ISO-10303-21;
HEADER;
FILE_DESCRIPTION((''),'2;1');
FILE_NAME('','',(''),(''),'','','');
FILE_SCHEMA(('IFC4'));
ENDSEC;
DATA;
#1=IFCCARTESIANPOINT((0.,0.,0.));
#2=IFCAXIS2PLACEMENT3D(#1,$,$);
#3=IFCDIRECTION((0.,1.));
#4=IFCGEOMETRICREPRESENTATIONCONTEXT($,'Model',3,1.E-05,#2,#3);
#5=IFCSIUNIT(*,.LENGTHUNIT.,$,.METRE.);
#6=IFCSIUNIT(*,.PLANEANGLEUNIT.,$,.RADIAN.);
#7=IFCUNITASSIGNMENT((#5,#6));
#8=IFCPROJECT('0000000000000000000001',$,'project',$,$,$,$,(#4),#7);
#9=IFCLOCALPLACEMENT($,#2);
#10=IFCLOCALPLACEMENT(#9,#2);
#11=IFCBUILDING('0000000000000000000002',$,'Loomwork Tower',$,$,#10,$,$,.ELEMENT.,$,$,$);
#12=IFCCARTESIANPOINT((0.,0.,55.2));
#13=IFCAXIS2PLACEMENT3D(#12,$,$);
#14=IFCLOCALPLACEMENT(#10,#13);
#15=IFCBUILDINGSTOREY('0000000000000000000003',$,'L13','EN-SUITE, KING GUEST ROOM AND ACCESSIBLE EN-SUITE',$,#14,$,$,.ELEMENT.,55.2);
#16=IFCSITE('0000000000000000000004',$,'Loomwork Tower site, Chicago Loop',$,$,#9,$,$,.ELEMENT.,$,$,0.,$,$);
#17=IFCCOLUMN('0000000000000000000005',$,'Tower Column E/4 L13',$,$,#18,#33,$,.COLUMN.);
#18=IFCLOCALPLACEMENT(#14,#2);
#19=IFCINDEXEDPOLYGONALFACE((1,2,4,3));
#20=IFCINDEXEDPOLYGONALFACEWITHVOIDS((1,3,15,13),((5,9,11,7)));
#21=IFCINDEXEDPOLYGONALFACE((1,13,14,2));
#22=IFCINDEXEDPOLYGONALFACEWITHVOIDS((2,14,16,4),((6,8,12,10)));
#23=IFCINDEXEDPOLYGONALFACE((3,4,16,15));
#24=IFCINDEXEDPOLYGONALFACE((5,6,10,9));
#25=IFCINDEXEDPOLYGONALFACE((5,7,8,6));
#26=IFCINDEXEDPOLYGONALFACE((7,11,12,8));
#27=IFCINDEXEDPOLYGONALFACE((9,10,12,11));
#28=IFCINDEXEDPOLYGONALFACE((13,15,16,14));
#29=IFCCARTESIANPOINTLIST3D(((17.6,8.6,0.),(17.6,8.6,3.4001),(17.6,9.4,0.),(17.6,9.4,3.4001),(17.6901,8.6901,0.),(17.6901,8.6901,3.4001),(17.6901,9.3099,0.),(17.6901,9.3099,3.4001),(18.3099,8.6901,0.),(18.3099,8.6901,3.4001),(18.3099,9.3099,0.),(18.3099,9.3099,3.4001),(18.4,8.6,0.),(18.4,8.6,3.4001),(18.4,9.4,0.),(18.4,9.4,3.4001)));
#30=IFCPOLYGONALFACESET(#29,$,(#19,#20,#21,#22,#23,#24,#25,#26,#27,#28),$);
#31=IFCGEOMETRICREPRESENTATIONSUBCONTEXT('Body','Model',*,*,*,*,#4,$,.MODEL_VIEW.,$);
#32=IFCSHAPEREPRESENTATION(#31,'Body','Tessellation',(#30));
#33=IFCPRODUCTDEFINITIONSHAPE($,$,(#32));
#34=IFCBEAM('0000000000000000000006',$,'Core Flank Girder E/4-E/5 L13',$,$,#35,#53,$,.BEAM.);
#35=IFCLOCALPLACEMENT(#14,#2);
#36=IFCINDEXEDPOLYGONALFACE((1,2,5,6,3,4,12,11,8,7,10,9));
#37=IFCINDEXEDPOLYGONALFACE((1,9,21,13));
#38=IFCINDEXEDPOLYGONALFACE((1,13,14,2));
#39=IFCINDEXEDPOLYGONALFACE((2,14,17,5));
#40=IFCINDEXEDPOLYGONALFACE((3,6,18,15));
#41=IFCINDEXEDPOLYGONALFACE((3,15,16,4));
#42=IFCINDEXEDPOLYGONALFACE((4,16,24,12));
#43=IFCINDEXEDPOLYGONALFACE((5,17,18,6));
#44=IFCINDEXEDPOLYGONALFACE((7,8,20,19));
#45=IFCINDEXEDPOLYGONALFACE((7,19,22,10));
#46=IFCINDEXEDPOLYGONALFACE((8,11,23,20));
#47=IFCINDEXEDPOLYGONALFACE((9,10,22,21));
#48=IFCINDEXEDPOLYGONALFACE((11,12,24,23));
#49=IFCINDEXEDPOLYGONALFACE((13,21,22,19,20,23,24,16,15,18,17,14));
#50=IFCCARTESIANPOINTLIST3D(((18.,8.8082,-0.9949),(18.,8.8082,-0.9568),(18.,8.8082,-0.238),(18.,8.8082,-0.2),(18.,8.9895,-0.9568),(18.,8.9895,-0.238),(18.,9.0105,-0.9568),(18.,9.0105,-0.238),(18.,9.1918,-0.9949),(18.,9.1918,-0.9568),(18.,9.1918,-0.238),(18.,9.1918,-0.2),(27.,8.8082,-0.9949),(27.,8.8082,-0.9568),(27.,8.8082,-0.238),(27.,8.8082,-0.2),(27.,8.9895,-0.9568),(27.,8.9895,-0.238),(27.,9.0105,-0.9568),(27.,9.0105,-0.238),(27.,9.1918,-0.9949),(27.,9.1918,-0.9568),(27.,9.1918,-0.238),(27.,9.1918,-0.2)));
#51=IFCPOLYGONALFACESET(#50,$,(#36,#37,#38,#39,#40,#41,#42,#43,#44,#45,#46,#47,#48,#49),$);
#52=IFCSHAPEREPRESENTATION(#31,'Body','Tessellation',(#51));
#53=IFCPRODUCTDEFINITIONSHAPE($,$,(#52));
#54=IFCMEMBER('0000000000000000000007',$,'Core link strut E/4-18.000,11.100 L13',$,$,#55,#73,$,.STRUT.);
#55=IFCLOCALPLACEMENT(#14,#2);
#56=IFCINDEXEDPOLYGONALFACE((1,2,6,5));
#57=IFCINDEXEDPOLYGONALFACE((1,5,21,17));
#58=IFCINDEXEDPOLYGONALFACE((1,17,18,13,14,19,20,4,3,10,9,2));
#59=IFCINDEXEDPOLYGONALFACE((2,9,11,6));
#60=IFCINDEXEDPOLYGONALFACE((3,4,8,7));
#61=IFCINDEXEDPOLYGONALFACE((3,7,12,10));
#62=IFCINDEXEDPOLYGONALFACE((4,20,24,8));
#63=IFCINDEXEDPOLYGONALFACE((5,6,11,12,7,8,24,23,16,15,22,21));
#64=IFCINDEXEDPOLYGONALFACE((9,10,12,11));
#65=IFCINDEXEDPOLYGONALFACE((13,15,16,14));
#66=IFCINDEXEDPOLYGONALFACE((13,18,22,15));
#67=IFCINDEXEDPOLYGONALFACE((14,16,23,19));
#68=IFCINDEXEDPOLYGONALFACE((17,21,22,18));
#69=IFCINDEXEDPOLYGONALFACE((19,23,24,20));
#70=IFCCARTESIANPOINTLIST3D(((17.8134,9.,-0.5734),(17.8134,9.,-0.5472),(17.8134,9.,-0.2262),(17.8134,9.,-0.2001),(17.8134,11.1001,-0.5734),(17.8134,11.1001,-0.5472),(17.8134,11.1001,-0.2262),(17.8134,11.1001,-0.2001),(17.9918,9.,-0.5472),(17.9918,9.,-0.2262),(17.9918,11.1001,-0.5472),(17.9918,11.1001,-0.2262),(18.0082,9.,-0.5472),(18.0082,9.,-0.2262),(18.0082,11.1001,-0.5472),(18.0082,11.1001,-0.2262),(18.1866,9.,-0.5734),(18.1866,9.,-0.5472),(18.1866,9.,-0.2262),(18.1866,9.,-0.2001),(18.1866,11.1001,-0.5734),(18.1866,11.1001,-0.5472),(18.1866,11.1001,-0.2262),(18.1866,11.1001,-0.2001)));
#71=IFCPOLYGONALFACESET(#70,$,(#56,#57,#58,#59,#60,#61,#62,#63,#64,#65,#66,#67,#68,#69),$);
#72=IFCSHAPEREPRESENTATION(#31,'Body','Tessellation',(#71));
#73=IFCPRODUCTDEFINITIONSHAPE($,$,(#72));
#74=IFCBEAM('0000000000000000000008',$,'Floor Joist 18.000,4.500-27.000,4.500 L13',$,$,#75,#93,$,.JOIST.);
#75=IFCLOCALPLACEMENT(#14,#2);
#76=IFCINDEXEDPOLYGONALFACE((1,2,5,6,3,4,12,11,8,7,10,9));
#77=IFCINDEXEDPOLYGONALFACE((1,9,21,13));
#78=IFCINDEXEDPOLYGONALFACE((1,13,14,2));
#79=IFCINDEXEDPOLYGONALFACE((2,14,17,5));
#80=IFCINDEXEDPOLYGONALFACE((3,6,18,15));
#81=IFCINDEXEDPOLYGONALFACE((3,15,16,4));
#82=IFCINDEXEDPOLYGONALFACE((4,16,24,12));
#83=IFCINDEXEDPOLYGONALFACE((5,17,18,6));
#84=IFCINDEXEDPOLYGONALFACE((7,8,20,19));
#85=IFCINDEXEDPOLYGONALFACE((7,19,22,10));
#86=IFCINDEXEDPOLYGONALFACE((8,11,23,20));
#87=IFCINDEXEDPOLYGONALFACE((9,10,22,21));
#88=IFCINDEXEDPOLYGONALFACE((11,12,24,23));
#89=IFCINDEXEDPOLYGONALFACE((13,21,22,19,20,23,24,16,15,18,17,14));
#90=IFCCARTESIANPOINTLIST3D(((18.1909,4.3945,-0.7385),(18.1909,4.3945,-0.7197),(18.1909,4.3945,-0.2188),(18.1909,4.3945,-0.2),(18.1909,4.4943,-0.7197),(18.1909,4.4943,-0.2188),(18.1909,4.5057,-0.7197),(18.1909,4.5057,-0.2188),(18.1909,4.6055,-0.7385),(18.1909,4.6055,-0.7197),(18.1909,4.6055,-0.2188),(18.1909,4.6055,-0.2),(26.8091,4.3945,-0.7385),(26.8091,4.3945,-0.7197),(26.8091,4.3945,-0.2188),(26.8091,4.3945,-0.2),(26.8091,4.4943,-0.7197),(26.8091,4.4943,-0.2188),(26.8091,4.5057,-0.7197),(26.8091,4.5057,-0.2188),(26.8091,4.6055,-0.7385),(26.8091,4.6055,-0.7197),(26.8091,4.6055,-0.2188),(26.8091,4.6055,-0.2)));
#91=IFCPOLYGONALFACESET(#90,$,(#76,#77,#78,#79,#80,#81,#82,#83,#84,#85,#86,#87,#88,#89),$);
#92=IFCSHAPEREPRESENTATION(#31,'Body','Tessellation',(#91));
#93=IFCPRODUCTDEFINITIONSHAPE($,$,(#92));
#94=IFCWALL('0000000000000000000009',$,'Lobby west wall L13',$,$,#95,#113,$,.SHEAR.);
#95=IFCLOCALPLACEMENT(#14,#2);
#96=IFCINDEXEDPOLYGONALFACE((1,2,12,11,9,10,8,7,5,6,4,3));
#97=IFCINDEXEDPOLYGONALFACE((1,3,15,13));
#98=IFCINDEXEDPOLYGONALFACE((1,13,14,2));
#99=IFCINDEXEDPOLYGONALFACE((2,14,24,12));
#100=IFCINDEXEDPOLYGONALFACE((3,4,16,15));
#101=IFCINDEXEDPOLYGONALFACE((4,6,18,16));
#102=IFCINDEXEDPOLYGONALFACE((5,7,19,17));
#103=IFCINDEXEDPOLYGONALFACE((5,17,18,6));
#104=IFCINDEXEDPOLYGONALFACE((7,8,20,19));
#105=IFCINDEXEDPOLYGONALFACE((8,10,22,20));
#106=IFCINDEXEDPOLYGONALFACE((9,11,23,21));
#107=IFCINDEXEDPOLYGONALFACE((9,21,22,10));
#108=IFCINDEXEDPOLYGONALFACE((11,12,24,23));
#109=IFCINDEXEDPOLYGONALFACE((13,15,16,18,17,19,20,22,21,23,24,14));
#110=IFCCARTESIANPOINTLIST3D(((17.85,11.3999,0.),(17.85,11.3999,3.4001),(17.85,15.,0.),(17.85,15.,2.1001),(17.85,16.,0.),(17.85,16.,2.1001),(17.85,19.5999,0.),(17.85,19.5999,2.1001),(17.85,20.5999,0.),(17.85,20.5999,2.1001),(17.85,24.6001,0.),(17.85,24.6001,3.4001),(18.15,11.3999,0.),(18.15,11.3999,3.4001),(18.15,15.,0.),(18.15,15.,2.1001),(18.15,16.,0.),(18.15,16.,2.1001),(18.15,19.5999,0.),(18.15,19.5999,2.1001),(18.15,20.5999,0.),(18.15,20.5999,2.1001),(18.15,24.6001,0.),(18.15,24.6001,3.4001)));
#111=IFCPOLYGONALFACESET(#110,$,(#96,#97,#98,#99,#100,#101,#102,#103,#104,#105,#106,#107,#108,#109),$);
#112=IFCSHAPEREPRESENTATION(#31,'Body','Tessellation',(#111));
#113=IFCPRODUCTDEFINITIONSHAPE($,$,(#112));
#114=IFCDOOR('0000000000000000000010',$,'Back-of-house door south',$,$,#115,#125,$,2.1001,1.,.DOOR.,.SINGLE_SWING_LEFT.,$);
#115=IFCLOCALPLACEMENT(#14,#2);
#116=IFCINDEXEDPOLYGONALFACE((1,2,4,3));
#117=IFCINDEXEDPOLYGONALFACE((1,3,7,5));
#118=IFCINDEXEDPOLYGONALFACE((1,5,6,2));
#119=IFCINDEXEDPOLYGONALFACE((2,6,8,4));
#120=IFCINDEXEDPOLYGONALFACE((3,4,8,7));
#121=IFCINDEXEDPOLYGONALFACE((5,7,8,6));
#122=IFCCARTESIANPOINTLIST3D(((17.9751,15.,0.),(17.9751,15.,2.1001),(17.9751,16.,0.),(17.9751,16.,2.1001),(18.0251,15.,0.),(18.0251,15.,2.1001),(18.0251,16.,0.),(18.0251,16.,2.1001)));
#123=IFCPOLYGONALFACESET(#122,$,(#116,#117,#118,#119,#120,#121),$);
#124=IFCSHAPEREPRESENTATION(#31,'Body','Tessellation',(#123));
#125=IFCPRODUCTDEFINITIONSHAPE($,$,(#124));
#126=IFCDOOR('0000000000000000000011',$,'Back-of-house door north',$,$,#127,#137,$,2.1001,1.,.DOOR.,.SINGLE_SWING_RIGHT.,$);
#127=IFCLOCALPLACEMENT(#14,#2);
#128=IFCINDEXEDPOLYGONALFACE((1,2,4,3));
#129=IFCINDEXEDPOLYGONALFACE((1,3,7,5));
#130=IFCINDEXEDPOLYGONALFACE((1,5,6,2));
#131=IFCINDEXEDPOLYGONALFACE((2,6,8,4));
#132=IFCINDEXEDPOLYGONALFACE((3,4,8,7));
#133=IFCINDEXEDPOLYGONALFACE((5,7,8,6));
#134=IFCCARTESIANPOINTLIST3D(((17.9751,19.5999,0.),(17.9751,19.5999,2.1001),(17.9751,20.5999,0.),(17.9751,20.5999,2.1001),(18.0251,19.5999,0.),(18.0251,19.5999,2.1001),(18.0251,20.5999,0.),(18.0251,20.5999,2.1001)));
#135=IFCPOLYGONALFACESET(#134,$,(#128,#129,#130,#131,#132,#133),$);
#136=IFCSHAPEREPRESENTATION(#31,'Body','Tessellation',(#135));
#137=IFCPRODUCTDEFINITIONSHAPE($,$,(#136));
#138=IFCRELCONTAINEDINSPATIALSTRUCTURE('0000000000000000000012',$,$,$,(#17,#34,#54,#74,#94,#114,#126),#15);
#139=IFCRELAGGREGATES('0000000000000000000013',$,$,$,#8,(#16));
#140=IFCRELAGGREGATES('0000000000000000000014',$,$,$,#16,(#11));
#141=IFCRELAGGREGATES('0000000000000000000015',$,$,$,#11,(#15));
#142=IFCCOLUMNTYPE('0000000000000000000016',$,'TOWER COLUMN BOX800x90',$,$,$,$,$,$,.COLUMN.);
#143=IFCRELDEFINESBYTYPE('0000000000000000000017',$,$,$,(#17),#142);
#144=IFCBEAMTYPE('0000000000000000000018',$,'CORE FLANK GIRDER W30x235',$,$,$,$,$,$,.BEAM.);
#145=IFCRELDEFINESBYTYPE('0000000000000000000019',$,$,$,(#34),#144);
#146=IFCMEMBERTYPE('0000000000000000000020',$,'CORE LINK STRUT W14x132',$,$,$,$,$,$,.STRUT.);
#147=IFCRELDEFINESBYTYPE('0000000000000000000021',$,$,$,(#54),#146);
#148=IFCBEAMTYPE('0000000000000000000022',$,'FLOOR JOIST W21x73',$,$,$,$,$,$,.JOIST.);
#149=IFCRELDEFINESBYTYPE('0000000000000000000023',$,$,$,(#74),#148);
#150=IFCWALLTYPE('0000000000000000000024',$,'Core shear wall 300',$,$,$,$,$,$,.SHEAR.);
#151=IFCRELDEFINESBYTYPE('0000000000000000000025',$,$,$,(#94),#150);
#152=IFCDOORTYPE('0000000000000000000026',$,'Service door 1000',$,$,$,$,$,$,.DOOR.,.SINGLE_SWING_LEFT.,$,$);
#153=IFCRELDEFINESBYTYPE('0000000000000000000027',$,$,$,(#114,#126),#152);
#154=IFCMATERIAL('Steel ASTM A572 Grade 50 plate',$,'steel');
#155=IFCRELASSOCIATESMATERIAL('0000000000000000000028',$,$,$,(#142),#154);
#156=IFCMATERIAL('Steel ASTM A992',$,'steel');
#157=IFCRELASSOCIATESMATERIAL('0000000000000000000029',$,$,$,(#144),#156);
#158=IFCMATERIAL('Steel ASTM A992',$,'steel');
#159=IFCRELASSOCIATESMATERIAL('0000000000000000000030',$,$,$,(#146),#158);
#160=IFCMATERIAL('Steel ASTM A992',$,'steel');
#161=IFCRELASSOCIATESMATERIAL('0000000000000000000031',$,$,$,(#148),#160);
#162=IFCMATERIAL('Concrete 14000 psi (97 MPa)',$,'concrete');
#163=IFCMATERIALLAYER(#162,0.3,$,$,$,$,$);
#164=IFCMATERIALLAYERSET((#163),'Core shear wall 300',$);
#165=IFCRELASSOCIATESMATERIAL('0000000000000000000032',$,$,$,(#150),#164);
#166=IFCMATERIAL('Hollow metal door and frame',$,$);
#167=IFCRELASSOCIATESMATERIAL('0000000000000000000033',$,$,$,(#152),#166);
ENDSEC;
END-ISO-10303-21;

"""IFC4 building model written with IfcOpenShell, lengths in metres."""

from ifc_helpers import new_model, si_unit, direction, frame, frame_2d, origin, origin_2d, place, context, subcontext, project, spatial, rectangle, hollow_rectangle, i_section, extrude, material, layer, layer_set, material_profile, profile_set, type_object, element, fill, save


model = new_model("IFC4")

# Units and contexts
model_context = context("Model", 3, precision=1e-05, world=origin(), true_north=direction((0.0, 1.0)))
body_context = subcontext(model_context, "Body", "Model", "MODEL_VIEW")
ifc_project = project(units=[si_unit("LENGTHUNIT", "METRE"), si_unit("PLANEANGLEUNIT", "RADIAN")], contexts=[model_context])

# Site, building, storey
site_placement = place(None, origin())
site = spatial("IfcSite", under=ifc_project, at=site_placement, Name="Loomwork Tower site, Chicago Loop", CompositionType="ELEMENT", RefElevation=0.0)
building_placement = place(site_placement, origin())
building = spatial("IfcBuilding", under=site, at=building_placement, Name="Loomwork Tower", CompositionType="ELEMENT")
storey_placement = place(building_placement, frame((0.0, 0.0, 55.2)))
storey = spatial("IfcBuildingStorey", under=building, at=storey_placement, Name="L13", Description="EN-SUITE, KING GUEST ROOM AND ACCESSIBLE EN-SUITE", CompositionType="ELEMENT", Elevation=55.2)

# Column
ifc_material_1 = material(Name="Steel ASTM A572 Grade 50 plate", Category="steel")
ifc_material_profile_1 = material_profile(ifc_material_1, hollow_rectangle(XDim=0.8, YDim=0.8, WallThickness=0.0901, at=origin_2d()), Name="BOX800x90")
ifc_profile_set_1 = profile_set([ifc_material_profile_1], Name="Steel ASTM A572 Grade 50 plate")
column_type = type_object("IfcColumnType", Name="TOWER COLUMN BOX800x90", PredefinedType="COLUMN", material=ifc_profile_set_1)
column_placement = place(storey_placement, frame((18.0, 9.0, 0.0), z_axis=(0.0, 0.0, 1.0), x_axis=(1.0, 0.0, 0.0)))
element("IfcColumn", 1, at=column_placement, inside=storey, type_object=column_type, Name="Tower Column E/4 L13", PredefinedType="COLUMN", context=body_context, shape_type="SweptSolid", body=[
    extrude(hollow_rectangle(XDim=0.8, YDim=0.8, WallThickness=0.0901, at=origin_2d()), origin(), (0.0, 0.0, 1.0), 3.4001),
])

# Beam
ifc_material_2 = material(Name="Steel ASTM A992", Category="steel")
ifc_material_profile_2 = material_profile(ifc_material_2, i_section(OverallWidth=0.3835, OverallDepth=0.7949, WebThickness=0.021, FlangeThickness=0.0381, at=origin_2d()), Name="W30x235")
ifc_profile_set_2 = profile_set([ifc_material_profile_2], Name="Steel ASTM A992")
beam_type_1 = type_object("IfcBeamType", Name="CORE FLANK GIRDER W30x235", PredefinedType="BEAM", material=ifc_profile_set_2)
beam_1_placement = place(storey_placement, frame((18.0, 9.0, -0.5974), z_axis=(1.0, 0.0, 0.0), x_axis=(0.0, 1.0, 0.0)))
element("IfcBeam", 2, at=beam_1_placement, inside=storey, type_object=beam_type_1, Name="Core Flank Girder E/4-E/5 L13", PredefinedType="BEAM", context=body_context, shape_type="SweptSolid", body=[
    extrude(i_section(OverallWidth=0.3835, OverallDepth=0.7949, WebThickness=0.021, FlangeThickness=0.0381, at=origin_2d()), origin(), (0.0, 0.0, 1.0), 9.0),
])

# Member
ifc_material_3 = material(Name="Steel ASTM A992", Category="steel")
ifc_material_profile_3 = material_profile(ifc_material_3, i_section(OverallWidth=0.3733, OverallDepth=0.3733, WebThickness=0.0164, FlangeThickness=0.0261, at=origin_2d()), Name="W14x132")
ifc_profile_set_3 = profile_set([ifc_material_profile_3], Name="Steel ASTM A992")
member_type = type_object("IfcMemberType", Name="CORE LINK STRUT W14x132", PredefinedType="STRUT", material=ifc_profile_set_3)
member_placement = place(storey_placement, frame((18.0, 9.0, -0.3867), z_axis=(0.0, 1.0, 0.0), x_axis=(-1.0, 0.0, 0.0)))
element("IfcMember", 3, at=member_placement, inside=storey, type_object=member_type, Name="Core link strut E/4-18.000,11.100 L13", PredefinedType="STRUT", context=body_context, shape_type="SweptSolid", body=[
    extrude(i_section(OverallWidth=0.3733, OverallDepth=0.3733, WebThickness=0.0164, FlangeThickness=0.0261, at=origin_2d()), origin(), (0.0, 0.0, 1.0), 2.1001),
])

# Beam
ifc_material_4 = material(Name="Steel ASTM A992", Category="steel")
ifc_material_profile_4 = material_profile(ifc_material_4, i_section(OverallWidth=0.2109, OverallDepth=0.5386, WebThickness=0.0115, FlangeThickness=0.0188, at=origin_2d()), Name="W21x73")
ifc_profile_set_4 = profile_set([ifc_material_profile_4], Name="Steel ASTM A992")
beam_type_2 = type_object("IfcBeamType", Name="FLOOR JOIST W21x73", PredefinedType="JOIST", material=ifc_profile_set_4)
beam_2_placement = place(storey_placement, frame((18.1909, 4.5, -0.4692), z_axis=(1.0, 0.0, 0.0), x_axis=(0.0, 1.0, 0.0)))
element("IfcBeam", 4, at=beam_2_placement, inside=storey, type_object=beam_type_2, Name="Floor Joist 18.000,4.500-27.000,4.500 L13", PredefinedType="JOIST", context=body_context, shape_type="SweptSolid", body=[
    extrude(i_section(OverallWidth=0.2109, OverallDepth=0.5386, WebThickness=0.0115, FlangeThickness=0.0188, at=origin_2d()), origin(), (0.0, 0.0, 1.0), 8.6182),
])

# Wall, openings, doors
ifc_material_5 = material(Name="Concrete 14000 psi (97 MPa)", Category="concrete")
ifc_layer_1 = layer(ifc_material_5, 0.3)
ifc_layer_set_1 = layer_set([ifc_layer_1], Name="Core shear wall 300")
wall_type_1 = type_object("IfcWallType", Name="Core shear wall 300", PredefinedType="SHEAR", material=ifc_layer_set_1)
wall_1_placement = place(storey_placement, frame((18.0, 11.3999, 0.0), z_axis=(0.0, 0.0, 1.0), x_axis=(0.0, 1.0, 0.0)))
wall_1 = element("IfcWall", 5, at=wall_1_placement, inside=storey, type_object=wall_type_1, Name="Lobby west wall L13", PredefinedType="SHEAR", context=body_context, shape_type="SweptSolid", body=[
    extrude(rectangle(XDim=13.2002, YDim=0.3, at=frame_2d((6.6001, 0.0))), origin(), (0.0, 0.0, 1.0), 3.4001),
])
opening_1_placement = place(wall_1_placement, frame((3.6001, 0.0, 0.0)))
opening_1 = element("IfcOpeningElement", 6, at=opening_1_placement, cuts=wall_1, PredefinedType="OPENING", context=body_context, shape_type="SweptSolid", body=[
    extrude(rectangle(XDim=1.0, YDim=2.1001, at=frame_2d((0.5, 1.05))), frame((0.0, 0.1599, 0.0), z_axis=(0.0, -1.0, 0.0), x_axis=(1.0, 0.0, 0.0)), (0.0, 0.0, 1.0), 0.3201),
])
opening_2_placement = place(wall_1_placement, frame((8.2, 0.0, 0.0)))
opening_2 = element("IfcOpeningElement", 7, at=opening_2_placement, cuts=wall_1, PredefinedType="OPENING", context=body_context, shape_type="SweptSolid", body=[
    extrude(rectangle(XDim=1.0, YDim=2.1001, at=frame_2d((0.5, 1.05))), frame((0.0, 0.1599, 0.0), z_axis=(0.0, -1.0, 0.0), x_axis=(1.0, 0.0, 0.0)), (0.0, 0.0, 1.0), 0.3201),
])
ifc_material_6 = material(Name="Hollow metal door and frame")
door_type_1 = type_object("IfcDoorType", Name="Service door 1000", OperationType="SINGLE_SWING_LEFT", PredefinedType="DOOR", material=ifc_material_6)
door_1_placement = place(opening_1_placement, origin())
door_1 = element("IfcDoor", 8, at=door_1_placement, inside=storey, type_object=door_type_1, Name="Back-of-house door south", OperationType="SINGLE_SWING_LEFT", OverallHeight=2.1001, OverallWidth=1.0, PredefinedType="DOOR", context=body_context, shape_type="SweptSolid", body=[
    extrude(rectangle(XDim=1.0, YDim=2.1001, at=frame_2d((0.5, 1.05))), frame((0.0, 0.0249, 0.0), z_axis=(0.0, -1.0, 0.0), x_axis=(1.0, 0.0, 0.0)), (0.0, 0.0, 1.0), 0.05),
])
fill(opening_1, door_1)
door_2_placement = place(opening_2_placement, origin())
door_2 = element("IfcDoor", 9, at=door_2_placement, inside=storey, type_object=door_type_1, Name="Back-of-house door north", OperationType="SINGLE_SWING_RIGHT", OverallHeight=2.1001, OverallWidth=1.0, PredefinedType="DOOR", context=body_context, shape_type="SweptSolid", body=[
    extrude(rectangle(XDim=1.0, YDim=2.1001, at=frame_2d((0.5, 1.05))), frame((0.0, 0.0249, 0.0), z_axis=(0.0, -1.0, 0.0), x_axis=(1.0, 0.0, 0.0)), (0.0, 0.0, 1.0), 0.05),
])
fill(opening_2, door_2)

save(model, "model.ifc")
